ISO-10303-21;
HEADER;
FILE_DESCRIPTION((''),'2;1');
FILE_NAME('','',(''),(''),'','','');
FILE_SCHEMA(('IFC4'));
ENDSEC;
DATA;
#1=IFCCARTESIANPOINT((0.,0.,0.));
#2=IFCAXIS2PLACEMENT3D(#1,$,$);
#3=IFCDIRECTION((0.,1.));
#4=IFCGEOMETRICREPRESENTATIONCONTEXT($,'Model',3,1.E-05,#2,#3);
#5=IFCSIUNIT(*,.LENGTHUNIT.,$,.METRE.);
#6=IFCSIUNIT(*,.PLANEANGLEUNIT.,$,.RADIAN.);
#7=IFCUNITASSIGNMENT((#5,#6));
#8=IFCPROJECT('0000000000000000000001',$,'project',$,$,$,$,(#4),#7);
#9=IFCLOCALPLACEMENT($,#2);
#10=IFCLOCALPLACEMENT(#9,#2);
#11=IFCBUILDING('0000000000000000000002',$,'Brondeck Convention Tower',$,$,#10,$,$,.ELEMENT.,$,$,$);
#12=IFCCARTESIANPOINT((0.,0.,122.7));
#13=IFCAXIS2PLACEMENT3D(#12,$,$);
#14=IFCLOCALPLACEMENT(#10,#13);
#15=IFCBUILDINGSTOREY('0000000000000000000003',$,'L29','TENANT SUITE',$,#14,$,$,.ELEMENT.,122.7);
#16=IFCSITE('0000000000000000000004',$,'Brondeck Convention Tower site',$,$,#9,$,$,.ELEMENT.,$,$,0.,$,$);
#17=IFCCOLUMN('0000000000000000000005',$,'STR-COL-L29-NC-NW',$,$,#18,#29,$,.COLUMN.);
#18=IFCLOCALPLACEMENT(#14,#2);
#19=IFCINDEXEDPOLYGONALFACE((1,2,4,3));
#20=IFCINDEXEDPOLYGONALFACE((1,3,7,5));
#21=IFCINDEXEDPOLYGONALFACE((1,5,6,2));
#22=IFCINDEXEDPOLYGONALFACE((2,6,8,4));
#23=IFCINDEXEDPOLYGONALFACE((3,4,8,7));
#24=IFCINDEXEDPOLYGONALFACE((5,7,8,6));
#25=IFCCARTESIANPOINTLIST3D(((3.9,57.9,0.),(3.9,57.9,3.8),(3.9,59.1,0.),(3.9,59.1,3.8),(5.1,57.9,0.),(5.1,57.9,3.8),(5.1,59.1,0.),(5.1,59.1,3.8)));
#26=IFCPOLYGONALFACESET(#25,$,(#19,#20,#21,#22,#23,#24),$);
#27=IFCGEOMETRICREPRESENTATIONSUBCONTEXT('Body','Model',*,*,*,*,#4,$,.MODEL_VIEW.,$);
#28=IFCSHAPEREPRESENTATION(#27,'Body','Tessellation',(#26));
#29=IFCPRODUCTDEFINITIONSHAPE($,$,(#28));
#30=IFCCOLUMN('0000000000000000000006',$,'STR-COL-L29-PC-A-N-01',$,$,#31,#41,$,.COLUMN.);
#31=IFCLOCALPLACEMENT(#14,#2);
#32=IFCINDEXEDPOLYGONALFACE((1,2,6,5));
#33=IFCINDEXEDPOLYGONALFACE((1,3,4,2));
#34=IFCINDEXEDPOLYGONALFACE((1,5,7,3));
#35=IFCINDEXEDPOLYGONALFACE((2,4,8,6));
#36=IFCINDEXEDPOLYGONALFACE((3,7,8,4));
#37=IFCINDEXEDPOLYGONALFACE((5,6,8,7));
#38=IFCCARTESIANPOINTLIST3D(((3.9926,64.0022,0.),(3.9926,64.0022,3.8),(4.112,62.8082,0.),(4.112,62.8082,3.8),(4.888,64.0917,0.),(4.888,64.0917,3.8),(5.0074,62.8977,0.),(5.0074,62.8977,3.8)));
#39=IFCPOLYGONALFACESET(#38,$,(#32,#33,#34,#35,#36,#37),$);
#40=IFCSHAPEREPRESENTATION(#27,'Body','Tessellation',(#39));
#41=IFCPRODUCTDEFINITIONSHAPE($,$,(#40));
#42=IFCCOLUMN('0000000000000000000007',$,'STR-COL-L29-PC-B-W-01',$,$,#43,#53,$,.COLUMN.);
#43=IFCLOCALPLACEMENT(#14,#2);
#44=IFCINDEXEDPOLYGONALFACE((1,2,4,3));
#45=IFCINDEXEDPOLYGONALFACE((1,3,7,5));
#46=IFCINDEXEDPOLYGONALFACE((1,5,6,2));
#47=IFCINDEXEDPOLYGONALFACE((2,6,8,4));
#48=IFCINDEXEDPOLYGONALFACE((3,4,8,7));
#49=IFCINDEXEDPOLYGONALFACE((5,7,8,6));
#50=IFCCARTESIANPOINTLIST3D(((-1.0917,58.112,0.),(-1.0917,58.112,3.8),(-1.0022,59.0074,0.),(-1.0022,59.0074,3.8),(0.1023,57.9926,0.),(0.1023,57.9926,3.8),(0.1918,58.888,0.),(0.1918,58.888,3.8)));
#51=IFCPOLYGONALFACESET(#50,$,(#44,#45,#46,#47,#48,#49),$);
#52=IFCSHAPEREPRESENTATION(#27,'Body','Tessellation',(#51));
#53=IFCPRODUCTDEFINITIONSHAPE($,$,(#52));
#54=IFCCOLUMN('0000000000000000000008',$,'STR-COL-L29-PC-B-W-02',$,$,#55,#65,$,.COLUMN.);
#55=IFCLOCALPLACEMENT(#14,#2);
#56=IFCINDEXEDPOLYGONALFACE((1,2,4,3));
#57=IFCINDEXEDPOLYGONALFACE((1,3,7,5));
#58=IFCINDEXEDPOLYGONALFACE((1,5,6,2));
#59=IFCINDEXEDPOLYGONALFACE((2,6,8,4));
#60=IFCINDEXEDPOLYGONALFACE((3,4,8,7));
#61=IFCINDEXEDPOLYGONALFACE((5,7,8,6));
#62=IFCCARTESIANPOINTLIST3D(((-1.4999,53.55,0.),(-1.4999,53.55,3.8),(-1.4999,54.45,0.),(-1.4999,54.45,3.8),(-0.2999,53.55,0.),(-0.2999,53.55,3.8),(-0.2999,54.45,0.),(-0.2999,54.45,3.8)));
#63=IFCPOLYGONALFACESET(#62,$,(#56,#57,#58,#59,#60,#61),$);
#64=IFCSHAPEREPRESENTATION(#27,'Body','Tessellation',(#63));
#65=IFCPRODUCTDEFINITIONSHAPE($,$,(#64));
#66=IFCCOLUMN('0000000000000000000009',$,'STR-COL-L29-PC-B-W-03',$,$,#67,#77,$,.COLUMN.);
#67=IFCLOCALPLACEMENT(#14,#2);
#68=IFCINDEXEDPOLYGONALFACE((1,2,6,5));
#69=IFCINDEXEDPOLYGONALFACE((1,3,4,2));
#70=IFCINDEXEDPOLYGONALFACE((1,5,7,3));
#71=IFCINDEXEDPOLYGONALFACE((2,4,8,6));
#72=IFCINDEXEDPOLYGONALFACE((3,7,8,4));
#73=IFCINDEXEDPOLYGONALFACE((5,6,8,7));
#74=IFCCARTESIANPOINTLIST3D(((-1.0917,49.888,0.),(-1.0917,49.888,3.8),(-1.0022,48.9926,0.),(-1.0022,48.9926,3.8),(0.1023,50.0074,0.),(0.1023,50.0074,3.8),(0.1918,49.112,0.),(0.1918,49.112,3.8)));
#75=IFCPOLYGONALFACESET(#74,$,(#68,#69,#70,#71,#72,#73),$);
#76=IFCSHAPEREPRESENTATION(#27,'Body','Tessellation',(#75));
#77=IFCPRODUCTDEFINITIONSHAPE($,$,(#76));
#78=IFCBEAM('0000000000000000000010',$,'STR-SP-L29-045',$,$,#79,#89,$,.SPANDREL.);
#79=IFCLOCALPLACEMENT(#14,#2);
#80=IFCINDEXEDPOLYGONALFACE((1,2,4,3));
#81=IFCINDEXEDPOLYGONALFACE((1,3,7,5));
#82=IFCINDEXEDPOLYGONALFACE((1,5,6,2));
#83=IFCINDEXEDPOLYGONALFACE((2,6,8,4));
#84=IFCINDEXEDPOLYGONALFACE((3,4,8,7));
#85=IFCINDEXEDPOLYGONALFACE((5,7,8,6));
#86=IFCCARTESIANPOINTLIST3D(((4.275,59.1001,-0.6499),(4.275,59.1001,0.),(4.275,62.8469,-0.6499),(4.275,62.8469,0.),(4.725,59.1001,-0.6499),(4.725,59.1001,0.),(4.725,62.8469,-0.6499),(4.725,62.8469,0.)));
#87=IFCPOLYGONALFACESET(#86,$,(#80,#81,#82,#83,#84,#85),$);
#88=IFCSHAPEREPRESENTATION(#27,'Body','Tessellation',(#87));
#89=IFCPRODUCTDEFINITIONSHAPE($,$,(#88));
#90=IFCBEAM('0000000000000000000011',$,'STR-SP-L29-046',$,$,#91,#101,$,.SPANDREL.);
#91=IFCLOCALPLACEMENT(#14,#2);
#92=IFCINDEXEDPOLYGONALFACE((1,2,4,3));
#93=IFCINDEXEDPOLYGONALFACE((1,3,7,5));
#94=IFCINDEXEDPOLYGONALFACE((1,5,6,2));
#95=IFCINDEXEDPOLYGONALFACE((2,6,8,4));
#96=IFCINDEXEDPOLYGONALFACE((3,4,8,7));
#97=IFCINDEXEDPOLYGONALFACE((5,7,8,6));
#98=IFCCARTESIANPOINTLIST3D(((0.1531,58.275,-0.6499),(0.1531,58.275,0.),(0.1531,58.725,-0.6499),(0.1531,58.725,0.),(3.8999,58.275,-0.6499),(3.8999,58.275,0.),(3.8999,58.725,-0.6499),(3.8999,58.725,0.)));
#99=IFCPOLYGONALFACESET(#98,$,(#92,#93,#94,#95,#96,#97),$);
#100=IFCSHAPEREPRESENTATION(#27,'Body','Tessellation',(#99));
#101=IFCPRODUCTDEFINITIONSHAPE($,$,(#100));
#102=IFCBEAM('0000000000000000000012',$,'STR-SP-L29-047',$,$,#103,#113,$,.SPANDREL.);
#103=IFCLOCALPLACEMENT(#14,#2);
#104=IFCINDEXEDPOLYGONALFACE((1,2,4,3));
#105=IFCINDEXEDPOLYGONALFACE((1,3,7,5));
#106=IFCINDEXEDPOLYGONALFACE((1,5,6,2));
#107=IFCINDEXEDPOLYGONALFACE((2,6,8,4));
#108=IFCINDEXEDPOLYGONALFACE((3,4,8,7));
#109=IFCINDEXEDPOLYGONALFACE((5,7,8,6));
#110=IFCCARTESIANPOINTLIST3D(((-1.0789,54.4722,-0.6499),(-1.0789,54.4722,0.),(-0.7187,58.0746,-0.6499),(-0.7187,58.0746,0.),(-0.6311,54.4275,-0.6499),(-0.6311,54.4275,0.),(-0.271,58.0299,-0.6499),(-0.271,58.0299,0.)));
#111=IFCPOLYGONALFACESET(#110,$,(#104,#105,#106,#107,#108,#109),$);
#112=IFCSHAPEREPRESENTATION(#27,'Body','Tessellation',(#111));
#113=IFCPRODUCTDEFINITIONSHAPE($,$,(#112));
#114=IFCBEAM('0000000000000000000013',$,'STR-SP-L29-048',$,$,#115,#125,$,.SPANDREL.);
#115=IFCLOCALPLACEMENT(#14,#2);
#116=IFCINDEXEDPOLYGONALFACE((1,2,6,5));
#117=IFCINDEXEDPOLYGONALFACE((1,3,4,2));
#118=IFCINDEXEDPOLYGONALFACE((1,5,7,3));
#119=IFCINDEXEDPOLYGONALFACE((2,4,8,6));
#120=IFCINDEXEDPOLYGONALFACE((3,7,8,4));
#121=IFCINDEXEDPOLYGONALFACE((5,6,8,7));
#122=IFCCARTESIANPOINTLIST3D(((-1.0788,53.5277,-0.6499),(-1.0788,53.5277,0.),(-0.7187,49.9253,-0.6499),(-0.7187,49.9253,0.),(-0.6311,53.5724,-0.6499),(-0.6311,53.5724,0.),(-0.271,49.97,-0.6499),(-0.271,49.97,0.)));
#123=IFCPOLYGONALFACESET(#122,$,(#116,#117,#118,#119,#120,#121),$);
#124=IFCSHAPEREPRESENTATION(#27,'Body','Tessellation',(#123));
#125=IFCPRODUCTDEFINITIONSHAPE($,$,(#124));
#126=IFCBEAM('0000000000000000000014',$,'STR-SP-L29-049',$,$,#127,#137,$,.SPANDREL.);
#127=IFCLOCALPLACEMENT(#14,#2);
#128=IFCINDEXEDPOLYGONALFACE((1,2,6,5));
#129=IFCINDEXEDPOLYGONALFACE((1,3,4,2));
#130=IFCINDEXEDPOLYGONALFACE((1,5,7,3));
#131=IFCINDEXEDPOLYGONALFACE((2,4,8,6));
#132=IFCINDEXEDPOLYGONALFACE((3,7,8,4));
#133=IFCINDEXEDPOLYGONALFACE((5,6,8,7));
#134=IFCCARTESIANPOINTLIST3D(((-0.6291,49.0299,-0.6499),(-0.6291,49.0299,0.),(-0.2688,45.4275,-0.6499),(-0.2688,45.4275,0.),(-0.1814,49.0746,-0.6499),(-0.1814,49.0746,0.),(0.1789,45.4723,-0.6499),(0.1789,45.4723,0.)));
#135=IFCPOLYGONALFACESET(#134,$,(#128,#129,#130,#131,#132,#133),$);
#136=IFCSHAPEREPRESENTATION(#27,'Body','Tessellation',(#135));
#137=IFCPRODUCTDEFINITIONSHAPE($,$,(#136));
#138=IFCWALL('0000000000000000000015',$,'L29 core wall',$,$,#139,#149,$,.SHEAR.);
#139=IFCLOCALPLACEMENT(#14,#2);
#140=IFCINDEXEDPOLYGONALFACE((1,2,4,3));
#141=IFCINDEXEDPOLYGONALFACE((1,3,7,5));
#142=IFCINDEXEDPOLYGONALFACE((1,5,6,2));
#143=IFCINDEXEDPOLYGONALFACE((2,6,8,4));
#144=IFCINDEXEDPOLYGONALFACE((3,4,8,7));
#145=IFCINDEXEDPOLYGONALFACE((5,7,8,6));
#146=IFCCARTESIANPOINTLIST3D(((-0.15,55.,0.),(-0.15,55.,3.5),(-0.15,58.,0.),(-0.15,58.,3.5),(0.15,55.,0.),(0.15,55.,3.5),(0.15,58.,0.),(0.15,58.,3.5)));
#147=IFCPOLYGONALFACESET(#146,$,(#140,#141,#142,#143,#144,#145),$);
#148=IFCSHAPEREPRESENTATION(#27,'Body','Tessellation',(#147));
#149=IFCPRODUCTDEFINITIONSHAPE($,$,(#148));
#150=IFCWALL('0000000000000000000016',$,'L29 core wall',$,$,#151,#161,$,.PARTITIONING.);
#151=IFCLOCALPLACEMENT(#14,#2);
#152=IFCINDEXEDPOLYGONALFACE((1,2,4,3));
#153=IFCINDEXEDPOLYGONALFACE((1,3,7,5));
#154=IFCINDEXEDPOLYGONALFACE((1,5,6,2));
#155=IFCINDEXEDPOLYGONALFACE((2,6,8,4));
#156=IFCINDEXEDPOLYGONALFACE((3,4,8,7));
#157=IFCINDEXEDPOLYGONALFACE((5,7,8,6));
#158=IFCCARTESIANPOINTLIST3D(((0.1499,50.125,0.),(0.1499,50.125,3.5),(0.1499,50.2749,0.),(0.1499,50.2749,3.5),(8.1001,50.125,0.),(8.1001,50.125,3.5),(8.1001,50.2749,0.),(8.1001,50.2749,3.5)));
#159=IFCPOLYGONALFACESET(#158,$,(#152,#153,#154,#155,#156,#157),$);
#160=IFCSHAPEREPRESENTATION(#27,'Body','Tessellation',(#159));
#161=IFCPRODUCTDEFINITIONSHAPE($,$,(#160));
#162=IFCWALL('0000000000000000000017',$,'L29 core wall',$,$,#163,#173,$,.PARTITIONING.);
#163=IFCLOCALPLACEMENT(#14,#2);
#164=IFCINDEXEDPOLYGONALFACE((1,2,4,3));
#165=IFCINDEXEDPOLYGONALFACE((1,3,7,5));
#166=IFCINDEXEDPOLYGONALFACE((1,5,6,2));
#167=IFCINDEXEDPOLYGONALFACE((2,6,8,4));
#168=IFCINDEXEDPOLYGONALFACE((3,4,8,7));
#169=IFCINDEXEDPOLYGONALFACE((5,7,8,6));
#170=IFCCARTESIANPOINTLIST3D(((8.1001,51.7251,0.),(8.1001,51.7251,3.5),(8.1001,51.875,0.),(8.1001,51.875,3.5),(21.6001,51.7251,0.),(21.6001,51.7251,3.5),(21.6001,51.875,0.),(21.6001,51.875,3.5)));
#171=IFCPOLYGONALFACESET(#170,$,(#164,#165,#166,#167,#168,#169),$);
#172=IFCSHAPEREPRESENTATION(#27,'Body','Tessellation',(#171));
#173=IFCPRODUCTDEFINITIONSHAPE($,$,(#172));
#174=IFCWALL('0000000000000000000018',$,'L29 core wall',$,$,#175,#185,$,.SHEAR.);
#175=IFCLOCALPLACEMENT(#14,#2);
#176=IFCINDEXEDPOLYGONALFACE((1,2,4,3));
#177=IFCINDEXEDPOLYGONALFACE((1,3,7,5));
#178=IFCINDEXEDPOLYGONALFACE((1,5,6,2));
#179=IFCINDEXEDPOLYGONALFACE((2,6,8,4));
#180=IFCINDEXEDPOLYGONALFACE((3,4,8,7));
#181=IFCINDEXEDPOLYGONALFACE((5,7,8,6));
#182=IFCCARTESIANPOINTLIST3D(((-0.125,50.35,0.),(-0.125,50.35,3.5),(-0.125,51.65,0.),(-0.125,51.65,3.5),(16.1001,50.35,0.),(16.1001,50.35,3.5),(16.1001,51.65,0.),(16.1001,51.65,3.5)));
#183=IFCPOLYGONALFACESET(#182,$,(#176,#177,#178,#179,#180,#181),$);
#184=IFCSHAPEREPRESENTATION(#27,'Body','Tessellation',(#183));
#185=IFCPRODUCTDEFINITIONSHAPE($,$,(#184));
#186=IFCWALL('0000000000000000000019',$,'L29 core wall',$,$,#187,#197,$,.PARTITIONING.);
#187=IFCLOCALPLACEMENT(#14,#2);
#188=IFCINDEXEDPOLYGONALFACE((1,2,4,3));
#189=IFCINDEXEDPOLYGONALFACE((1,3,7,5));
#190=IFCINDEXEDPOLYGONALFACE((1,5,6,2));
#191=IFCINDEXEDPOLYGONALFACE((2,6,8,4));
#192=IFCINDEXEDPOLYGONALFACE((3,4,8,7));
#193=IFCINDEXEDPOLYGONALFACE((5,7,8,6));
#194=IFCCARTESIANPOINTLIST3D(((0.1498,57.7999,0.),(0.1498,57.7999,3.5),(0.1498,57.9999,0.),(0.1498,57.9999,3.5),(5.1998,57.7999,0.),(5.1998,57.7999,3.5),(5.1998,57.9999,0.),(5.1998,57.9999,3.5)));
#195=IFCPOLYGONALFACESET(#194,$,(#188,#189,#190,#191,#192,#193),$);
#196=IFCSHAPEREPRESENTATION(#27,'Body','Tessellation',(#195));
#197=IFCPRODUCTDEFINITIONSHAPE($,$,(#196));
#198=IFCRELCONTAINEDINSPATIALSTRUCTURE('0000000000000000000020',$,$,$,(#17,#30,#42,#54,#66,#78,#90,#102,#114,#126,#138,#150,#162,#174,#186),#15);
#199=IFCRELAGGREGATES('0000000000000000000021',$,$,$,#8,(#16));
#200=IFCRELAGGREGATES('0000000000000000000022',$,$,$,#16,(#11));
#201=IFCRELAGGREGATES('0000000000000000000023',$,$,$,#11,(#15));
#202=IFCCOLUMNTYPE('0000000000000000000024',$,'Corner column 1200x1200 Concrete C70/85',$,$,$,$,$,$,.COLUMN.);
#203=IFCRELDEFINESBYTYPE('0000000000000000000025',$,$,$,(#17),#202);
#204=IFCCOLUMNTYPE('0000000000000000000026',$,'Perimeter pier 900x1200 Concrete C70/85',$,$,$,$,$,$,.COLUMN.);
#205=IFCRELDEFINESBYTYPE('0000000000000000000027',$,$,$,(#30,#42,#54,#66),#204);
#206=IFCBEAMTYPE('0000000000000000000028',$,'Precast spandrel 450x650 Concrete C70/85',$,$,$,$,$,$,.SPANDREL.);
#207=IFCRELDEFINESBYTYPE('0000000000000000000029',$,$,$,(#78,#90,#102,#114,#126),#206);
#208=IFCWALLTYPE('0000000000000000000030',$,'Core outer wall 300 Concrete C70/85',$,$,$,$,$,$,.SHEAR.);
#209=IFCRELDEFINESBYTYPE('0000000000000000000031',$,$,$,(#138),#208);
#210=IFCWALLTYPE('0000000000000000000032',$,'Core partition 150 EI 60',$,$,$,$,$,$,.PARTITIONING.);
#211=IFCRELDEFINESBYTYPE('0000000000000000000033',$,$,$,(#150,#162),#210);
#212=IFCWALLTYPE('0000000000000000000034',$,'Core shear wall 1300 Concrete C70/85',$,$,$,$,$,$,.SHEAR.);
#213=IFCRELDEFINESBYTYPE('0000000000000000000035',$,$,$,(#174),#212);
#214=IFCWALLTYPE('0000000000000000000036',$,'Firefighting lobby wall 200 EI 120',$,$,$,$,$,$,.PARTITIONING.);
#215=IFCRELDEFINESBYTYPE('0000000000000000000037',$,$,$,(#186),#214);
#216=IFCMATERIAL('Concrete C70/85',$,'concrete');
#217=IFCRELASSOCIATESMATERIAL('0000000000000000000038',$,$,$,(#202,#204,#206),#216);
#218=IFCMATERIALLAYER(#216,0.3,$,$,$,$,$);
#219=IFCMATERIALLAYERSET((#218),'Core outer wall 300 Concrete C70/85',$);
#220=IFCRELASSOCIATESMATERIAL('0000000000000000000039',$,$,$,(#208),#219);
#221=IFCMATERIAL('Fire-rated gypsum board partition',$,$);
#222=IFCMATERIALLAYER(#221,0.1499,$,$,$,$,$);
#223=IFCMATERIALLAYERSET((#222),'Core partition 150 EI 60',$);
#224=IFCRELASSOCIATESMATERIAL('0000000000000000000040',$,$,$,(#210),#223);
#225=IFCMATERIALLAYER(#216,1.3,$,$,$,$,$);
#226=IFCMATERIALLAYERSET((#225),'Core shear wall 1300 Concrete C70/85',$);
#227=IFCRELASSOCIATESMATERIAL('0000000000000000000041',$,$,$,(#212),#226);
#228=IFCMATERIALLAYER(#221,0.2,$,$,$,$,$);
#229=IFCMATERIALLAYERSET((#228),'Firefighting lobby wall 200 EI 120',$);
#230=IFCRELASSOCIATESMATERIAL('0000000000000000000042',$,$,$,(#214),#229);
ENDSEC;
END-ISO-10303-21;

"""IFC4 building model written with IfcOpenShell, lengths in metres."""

from ifc_helpers import new_model, si_unit, direction, frame, frame_2d, origin, origin_2d, place, context, subcontext, project, spatial, rectangle, extrude, material, layer, layer_set, material_profile, profile_set, type_object, element, save


model = new_model("IFC4")

# Units and contexts
model_context = context("Model", 3, precision=1e-05, world=origin(), true_north=direction((0.0, 1.0)))
body_context = subcontext(model_context, "Body", "Model", "MODEL_VIEW")
ifc_project = project(units=[si_unit("LENGTHUNIT", "METRE"), si_unit("PLANEANGLEUNIT", "RADIAN")], contexts=[model_context])

# Site, building, storey
site_placement = place(None, origin())
site = spatial("IfcSite", under=ifc_project, at=site_placement, Name="Brondeck Convention Tower site", CompositionType="ELEMENT", RefElevation=0.0)
building_placement = place(site_placement, origin())
building = spatial("IfcBuilding", under=site, at=building_placement, Name="Brondeck Convention Tower", CompositionType="ELEMENT")
storey_placement = place(building_placement, frame((0.0, 0.0, 122.7)))
storey = spatial("IfcBuildingStorey", under=building, at=storey_placement, Name="L29", Description="TENANT SUITE", CompositionType="ELEMENT", Elevation=122.7)

# Columns
ifc_material_1 = material(Name="Concrete C70/85", Category="concrete")
ifc_material_profile_1 = material_profile(ifc_material_1, rectangle(XDim=1.2, YDim=1.2, at=origin_2d()), Name="Corner column 1200x1200 Concrete C70/85")
ifc_profile_set_1 = profile_set([ifc_material_profile_1], Name="Concrete C70/85")
column_type_1 = type_object("IfcColumnType", Name="Corner column 1200x1200 Concrete C70/85", PredefinedType="COLUMN", material=ifc_profile_set_1)
column_placement = place(storey_placement, frame((4.5, 58.5, 0.0), z_axis=(0.0, 0.0, 1.0), x_axis=(1.0, 0.0, 0.0)))
element("IfcColumn", 1, at=column_placement, inside=storey, type_object=column_type_1, Name="STR-COL-L29-NC-NW", PredefinedType="COLUMN", context=body_context, shape_type="SweptSolid", body=[
    extrude(rectangle(XDim=1.2, YDim=1.2, at=origin_2d()), origin(), (0.0, 0.0, 1.0), 3.8),
])
ifc_material_profile_2 = material_profile(ifc_material_1, rectangle(XDim=0.8999, YDim=1.2, at=origin_2d()), Name="Perimeter pier 900x1200 Concrete C70/85")
ifc_profile_set_2 = profile_set([ifc_material_profile_2], Name="Concrete C70/85")
column_type_2 = type_object("IfcColumnType", Name="Perimeter pier 900x1200 Concrete C70/85", PredefinedType="COLUMN", material=ifc_profile_set_2)
for number, where, z_axis, x_axis, name in (
    (2, (4.5, 63.45, 0.0), (0.0, 0.0, 1.0), (-0.995037, -0.099504, 0.0), "STR-COL-L29-PC-A-N-01"),
    (3, (-0.45, 58.5, 0.0), (0.0, 0.0, 1.0), (-0.099504, -0.995037, 0.0), "STR-COL-L29-PC-B-W-01"),
    (4, (-0.8999, 54.0, 0.0), (0.0, 0.0, 1.0), (0.0, -1.0, 0.0), "STR-COL-L29-PC-B-W-02"),
    (5, (-0.45, 49.5, 0.0), (0.0, 0.0, 1.0), (0.099504, -0.995037, 0.0), "STR-COL-L29-PC-B-W-03"),
):
    element("IfcColumn", number, at=place(storey_placement, frame(where, z_axis=z_axis, x_axis=x_axis)), inside=storey, type_object=column_type_2, Name=name, PredefinedType="COLUMN", context=body_context, shape_type="SweptSolid", body=[
        extrude(rectangle(XDim=0.8999, YDim=1.2, at=origin_2d()), origin(), (0.0, 0.0, 1.0), 3.8),
    ])

# Beams
ifc_material_profile_3 = material_profile(ifc_material_1, rectangle(XDim=0.45, YDim=0.6499, at=origin_2d()), Name="Precast spandrel 450x650 Concrete C70/85")
ifc_profile_set_3 = profile_set([ifc_material_profile_3], Name="Concrete C70/85")
beam_type = type_object("IfcBeamType", Name="Precast spandrel 450x650 Concrete C70/85", PredefinedType="SPANDREL", material=ifc_profile_set_3)
for number, where, z_axis, x_axis, name in (
    (6, (4.5, 62.8469, -0.325), (0.0, -1.0, 0.0), (1.0, 0.0, 0.0), "STR-SP-L29-045"),
    (7, (3.8999, 58.5, -0.325), (-1.0, 0.0, 0.0), (0.0, -1.0, 0.0), "STR-SP-L29-046"),
):
    element("IfcBeam", number, at=place(storey_placement, frame(where, z_axis=z_axis, x_axis=x_axis)), inside=storey, type_object=beam_type, Name=name, PredefinedType="SPANDREL", context=body_context, shape_type="SweptSolid", body=[
        extrude(rectangle(XDim=0.45, YDim=0.6499, at=origin_2d()), origin(), (0.0, 0.0, 1.0), 3.7468),
    ])
for number, where, z_axis, x_axis, name in (
    (8, (-0.4949, 58.0522, -0.325), (-0.09947, -0.995041, 0.0), (0.995041, -0.09947, 0.0), "STR-SP-L29-047"),
    (9, (-0.855, 53.55, -0.325), (0.09947, -0.995041, 0.0), (0.995041, 0.09947, 0.0), "STR-SP-L29-048"),
    (10, (-0.4053, 49.0522, -0.325), (0.099537, -0.995034, 0.0), (0.995034, 0.099537, 0.0), "STR-SP-L29-049"),
):
    element("IfcBeam", number, at=place(storey_placement, frame(where, z_axis=z_axis, x_axis=x_axis)), inside=storey, type_object=beam_type, Name=name, PredefinedType="SPANDREL", context=body_context, shape_type="SweptSolid", body=[
        extrude(rectangle(XDim=0.45, YDim=0.6499, at=origin_2d()), origin(), (0.0, 0.0, 1.0), 3.6204),
    ])

# Walls
ifc_layer_1 = layer(ifc_material_1, 0.3)
ifc_layer_set_1 = layer_set([ifc_layer_1], Name="Core outer wall 300 Concrete C70/85")
wall_type_1 = type_object("IfcWallType", Name="Core outer wall 300 Concrete C70/85", PredefinedType="SHEAR", material=ifc_layer_set_1)
wall_1_placement = place(storey_placement, frame((0.0, 55.0, 0.0), z_axis=(0.0, 0.0, 1.0), x_axis=(0.0, 1.0, 0.0)))
element("IfcWall", 11, at=wall_1_placement, inside=storey, type_object=wall_type_1, Name="L29 core wall", PredefinedType="SHEAR", context=body_context, shape_type="SweptSolid", body=[
    extrude(rectangle(XDim=3.0, YDim=0.3, at=frame_2d((1.5, 0.0))), origin(), (0.0, 0.0, 1.0), 3.5),
])
ifc_material_2 = material(Name="Fire-rated gypsum board partition")
ifc_layer_2 = layer(ifc_material_2, 0.1499)
ifc_layer_set_2 = layer_set([ifc_layer_2], Name="Core partition 150 EI 60")
wall_type_2 = type_object("IfcWallType", Name="Core partition 150 EI 60", PredefinedType="PARTITIONING", material=ifc_layer_set_2)
wall_2_placement = place(storey_placement, frame((0.1499, 50.2, 0.0), z_axis=(0.0, 0.0, 1.0), x_axis=(1.0, 0.0, 0.0)))
element("IfcWall", 12, at=wall_2_placement, inside=storey, type_object=wall_type_2, Name="L29 core wall", PredefinedType="PARTITIONING", context=body_context, shape_type="SweptSolid", body=[
    extrude(rectangle(XDim=7.9502, YDim=0.1499, at=frame_2d((3.9751, 0.0))), origin(), (0.0, 0.0, 1.0), 3.5),
])
wall_3_placement = place(storey_placement, frame((8.1001, 51.8, 0.0), z_axis=(0.0, 0.0, 1.0), x_axis=(1.0, 0.0, 0.0)))
element("IfcWall", 13, at=wall_3_placement, inside=storey, type_object=wall_type_2, Name="L29 core wall", PredefinedType="PARTITIONING", context=body_context, shape_type="SweptSolid", body=[
    extrude(rectangle(XDim=13.5, YDim=0.1499, at=frame_2d((6.75, 0.0))), origin(), (0.0, 0.0, 1.0), 3.5),
])
ifc_layer_3 = layer(ifc_material_1, 1.3)
ifc_layer_set_3 = layer_set([ifc_layer_3], Name="Core shear wall 1300 Concrete C70/85")
wall_type_3 = type_object("IfcWallType", Name="Core shear wall 1300 Concrete C70/85", PredefinedType="SHEAR", material=ifc_layer_set_3)
wall_4_placement = place(storey_placement, frame((-0.125, 51.0, 0.0), z_axis=(0.0, 0.0, 1.0), x_axis=(1.0, 0.0, 0.0)))
element("IfcWall", 14, at=wall_4_placement, inside=storey, type_object=wall_type_3, Name="L29 core wall", PredefinedType="SHEAR", context=body_context, shape_type="SweptSolid", body=[
    extrude(rectangle(XDim=16.2251, YDim=1.3, at=frame_2d((8.1125, 0.0))), origin(), (0.0, 0.0, 1.0), 3.5),
])
ifc_layer_4 = layer(ifc_material_2, 0.2)
ifc_layer_set_4 = layer_set([ifc_layer_4], Name="Firefighting lobby wall 200 EI 120")
wall_type_4 = type_object("IfcWallType", Name="Firefighting lobby wall 200 EI 120", PredefinedType="PARTITIONING", material=ifc_layer_set_4)
wall_5_placement = place(storey_placement, frame((0.1499, 57.8999, 0.0), z_axis=(0.0, 0.0, 1.0), x_axis=(1.0, 0.0, 0.0)))
element("IfcWall", 15, at=wall_5_placement, inside=storey, type_object=wall_type_4, Name="L29 core wall", PredefinedType="PARTITIONING", context=body_context, shape_type="SweptSolid", body=[
    extrude(rectangle(XDim=5.05, YDim=0.2, at=frame_2d((2.5249, 0.0))), origin(), (0.0, 0.0, 1.0), 3.5),
])

save(model, "model.ifc")
